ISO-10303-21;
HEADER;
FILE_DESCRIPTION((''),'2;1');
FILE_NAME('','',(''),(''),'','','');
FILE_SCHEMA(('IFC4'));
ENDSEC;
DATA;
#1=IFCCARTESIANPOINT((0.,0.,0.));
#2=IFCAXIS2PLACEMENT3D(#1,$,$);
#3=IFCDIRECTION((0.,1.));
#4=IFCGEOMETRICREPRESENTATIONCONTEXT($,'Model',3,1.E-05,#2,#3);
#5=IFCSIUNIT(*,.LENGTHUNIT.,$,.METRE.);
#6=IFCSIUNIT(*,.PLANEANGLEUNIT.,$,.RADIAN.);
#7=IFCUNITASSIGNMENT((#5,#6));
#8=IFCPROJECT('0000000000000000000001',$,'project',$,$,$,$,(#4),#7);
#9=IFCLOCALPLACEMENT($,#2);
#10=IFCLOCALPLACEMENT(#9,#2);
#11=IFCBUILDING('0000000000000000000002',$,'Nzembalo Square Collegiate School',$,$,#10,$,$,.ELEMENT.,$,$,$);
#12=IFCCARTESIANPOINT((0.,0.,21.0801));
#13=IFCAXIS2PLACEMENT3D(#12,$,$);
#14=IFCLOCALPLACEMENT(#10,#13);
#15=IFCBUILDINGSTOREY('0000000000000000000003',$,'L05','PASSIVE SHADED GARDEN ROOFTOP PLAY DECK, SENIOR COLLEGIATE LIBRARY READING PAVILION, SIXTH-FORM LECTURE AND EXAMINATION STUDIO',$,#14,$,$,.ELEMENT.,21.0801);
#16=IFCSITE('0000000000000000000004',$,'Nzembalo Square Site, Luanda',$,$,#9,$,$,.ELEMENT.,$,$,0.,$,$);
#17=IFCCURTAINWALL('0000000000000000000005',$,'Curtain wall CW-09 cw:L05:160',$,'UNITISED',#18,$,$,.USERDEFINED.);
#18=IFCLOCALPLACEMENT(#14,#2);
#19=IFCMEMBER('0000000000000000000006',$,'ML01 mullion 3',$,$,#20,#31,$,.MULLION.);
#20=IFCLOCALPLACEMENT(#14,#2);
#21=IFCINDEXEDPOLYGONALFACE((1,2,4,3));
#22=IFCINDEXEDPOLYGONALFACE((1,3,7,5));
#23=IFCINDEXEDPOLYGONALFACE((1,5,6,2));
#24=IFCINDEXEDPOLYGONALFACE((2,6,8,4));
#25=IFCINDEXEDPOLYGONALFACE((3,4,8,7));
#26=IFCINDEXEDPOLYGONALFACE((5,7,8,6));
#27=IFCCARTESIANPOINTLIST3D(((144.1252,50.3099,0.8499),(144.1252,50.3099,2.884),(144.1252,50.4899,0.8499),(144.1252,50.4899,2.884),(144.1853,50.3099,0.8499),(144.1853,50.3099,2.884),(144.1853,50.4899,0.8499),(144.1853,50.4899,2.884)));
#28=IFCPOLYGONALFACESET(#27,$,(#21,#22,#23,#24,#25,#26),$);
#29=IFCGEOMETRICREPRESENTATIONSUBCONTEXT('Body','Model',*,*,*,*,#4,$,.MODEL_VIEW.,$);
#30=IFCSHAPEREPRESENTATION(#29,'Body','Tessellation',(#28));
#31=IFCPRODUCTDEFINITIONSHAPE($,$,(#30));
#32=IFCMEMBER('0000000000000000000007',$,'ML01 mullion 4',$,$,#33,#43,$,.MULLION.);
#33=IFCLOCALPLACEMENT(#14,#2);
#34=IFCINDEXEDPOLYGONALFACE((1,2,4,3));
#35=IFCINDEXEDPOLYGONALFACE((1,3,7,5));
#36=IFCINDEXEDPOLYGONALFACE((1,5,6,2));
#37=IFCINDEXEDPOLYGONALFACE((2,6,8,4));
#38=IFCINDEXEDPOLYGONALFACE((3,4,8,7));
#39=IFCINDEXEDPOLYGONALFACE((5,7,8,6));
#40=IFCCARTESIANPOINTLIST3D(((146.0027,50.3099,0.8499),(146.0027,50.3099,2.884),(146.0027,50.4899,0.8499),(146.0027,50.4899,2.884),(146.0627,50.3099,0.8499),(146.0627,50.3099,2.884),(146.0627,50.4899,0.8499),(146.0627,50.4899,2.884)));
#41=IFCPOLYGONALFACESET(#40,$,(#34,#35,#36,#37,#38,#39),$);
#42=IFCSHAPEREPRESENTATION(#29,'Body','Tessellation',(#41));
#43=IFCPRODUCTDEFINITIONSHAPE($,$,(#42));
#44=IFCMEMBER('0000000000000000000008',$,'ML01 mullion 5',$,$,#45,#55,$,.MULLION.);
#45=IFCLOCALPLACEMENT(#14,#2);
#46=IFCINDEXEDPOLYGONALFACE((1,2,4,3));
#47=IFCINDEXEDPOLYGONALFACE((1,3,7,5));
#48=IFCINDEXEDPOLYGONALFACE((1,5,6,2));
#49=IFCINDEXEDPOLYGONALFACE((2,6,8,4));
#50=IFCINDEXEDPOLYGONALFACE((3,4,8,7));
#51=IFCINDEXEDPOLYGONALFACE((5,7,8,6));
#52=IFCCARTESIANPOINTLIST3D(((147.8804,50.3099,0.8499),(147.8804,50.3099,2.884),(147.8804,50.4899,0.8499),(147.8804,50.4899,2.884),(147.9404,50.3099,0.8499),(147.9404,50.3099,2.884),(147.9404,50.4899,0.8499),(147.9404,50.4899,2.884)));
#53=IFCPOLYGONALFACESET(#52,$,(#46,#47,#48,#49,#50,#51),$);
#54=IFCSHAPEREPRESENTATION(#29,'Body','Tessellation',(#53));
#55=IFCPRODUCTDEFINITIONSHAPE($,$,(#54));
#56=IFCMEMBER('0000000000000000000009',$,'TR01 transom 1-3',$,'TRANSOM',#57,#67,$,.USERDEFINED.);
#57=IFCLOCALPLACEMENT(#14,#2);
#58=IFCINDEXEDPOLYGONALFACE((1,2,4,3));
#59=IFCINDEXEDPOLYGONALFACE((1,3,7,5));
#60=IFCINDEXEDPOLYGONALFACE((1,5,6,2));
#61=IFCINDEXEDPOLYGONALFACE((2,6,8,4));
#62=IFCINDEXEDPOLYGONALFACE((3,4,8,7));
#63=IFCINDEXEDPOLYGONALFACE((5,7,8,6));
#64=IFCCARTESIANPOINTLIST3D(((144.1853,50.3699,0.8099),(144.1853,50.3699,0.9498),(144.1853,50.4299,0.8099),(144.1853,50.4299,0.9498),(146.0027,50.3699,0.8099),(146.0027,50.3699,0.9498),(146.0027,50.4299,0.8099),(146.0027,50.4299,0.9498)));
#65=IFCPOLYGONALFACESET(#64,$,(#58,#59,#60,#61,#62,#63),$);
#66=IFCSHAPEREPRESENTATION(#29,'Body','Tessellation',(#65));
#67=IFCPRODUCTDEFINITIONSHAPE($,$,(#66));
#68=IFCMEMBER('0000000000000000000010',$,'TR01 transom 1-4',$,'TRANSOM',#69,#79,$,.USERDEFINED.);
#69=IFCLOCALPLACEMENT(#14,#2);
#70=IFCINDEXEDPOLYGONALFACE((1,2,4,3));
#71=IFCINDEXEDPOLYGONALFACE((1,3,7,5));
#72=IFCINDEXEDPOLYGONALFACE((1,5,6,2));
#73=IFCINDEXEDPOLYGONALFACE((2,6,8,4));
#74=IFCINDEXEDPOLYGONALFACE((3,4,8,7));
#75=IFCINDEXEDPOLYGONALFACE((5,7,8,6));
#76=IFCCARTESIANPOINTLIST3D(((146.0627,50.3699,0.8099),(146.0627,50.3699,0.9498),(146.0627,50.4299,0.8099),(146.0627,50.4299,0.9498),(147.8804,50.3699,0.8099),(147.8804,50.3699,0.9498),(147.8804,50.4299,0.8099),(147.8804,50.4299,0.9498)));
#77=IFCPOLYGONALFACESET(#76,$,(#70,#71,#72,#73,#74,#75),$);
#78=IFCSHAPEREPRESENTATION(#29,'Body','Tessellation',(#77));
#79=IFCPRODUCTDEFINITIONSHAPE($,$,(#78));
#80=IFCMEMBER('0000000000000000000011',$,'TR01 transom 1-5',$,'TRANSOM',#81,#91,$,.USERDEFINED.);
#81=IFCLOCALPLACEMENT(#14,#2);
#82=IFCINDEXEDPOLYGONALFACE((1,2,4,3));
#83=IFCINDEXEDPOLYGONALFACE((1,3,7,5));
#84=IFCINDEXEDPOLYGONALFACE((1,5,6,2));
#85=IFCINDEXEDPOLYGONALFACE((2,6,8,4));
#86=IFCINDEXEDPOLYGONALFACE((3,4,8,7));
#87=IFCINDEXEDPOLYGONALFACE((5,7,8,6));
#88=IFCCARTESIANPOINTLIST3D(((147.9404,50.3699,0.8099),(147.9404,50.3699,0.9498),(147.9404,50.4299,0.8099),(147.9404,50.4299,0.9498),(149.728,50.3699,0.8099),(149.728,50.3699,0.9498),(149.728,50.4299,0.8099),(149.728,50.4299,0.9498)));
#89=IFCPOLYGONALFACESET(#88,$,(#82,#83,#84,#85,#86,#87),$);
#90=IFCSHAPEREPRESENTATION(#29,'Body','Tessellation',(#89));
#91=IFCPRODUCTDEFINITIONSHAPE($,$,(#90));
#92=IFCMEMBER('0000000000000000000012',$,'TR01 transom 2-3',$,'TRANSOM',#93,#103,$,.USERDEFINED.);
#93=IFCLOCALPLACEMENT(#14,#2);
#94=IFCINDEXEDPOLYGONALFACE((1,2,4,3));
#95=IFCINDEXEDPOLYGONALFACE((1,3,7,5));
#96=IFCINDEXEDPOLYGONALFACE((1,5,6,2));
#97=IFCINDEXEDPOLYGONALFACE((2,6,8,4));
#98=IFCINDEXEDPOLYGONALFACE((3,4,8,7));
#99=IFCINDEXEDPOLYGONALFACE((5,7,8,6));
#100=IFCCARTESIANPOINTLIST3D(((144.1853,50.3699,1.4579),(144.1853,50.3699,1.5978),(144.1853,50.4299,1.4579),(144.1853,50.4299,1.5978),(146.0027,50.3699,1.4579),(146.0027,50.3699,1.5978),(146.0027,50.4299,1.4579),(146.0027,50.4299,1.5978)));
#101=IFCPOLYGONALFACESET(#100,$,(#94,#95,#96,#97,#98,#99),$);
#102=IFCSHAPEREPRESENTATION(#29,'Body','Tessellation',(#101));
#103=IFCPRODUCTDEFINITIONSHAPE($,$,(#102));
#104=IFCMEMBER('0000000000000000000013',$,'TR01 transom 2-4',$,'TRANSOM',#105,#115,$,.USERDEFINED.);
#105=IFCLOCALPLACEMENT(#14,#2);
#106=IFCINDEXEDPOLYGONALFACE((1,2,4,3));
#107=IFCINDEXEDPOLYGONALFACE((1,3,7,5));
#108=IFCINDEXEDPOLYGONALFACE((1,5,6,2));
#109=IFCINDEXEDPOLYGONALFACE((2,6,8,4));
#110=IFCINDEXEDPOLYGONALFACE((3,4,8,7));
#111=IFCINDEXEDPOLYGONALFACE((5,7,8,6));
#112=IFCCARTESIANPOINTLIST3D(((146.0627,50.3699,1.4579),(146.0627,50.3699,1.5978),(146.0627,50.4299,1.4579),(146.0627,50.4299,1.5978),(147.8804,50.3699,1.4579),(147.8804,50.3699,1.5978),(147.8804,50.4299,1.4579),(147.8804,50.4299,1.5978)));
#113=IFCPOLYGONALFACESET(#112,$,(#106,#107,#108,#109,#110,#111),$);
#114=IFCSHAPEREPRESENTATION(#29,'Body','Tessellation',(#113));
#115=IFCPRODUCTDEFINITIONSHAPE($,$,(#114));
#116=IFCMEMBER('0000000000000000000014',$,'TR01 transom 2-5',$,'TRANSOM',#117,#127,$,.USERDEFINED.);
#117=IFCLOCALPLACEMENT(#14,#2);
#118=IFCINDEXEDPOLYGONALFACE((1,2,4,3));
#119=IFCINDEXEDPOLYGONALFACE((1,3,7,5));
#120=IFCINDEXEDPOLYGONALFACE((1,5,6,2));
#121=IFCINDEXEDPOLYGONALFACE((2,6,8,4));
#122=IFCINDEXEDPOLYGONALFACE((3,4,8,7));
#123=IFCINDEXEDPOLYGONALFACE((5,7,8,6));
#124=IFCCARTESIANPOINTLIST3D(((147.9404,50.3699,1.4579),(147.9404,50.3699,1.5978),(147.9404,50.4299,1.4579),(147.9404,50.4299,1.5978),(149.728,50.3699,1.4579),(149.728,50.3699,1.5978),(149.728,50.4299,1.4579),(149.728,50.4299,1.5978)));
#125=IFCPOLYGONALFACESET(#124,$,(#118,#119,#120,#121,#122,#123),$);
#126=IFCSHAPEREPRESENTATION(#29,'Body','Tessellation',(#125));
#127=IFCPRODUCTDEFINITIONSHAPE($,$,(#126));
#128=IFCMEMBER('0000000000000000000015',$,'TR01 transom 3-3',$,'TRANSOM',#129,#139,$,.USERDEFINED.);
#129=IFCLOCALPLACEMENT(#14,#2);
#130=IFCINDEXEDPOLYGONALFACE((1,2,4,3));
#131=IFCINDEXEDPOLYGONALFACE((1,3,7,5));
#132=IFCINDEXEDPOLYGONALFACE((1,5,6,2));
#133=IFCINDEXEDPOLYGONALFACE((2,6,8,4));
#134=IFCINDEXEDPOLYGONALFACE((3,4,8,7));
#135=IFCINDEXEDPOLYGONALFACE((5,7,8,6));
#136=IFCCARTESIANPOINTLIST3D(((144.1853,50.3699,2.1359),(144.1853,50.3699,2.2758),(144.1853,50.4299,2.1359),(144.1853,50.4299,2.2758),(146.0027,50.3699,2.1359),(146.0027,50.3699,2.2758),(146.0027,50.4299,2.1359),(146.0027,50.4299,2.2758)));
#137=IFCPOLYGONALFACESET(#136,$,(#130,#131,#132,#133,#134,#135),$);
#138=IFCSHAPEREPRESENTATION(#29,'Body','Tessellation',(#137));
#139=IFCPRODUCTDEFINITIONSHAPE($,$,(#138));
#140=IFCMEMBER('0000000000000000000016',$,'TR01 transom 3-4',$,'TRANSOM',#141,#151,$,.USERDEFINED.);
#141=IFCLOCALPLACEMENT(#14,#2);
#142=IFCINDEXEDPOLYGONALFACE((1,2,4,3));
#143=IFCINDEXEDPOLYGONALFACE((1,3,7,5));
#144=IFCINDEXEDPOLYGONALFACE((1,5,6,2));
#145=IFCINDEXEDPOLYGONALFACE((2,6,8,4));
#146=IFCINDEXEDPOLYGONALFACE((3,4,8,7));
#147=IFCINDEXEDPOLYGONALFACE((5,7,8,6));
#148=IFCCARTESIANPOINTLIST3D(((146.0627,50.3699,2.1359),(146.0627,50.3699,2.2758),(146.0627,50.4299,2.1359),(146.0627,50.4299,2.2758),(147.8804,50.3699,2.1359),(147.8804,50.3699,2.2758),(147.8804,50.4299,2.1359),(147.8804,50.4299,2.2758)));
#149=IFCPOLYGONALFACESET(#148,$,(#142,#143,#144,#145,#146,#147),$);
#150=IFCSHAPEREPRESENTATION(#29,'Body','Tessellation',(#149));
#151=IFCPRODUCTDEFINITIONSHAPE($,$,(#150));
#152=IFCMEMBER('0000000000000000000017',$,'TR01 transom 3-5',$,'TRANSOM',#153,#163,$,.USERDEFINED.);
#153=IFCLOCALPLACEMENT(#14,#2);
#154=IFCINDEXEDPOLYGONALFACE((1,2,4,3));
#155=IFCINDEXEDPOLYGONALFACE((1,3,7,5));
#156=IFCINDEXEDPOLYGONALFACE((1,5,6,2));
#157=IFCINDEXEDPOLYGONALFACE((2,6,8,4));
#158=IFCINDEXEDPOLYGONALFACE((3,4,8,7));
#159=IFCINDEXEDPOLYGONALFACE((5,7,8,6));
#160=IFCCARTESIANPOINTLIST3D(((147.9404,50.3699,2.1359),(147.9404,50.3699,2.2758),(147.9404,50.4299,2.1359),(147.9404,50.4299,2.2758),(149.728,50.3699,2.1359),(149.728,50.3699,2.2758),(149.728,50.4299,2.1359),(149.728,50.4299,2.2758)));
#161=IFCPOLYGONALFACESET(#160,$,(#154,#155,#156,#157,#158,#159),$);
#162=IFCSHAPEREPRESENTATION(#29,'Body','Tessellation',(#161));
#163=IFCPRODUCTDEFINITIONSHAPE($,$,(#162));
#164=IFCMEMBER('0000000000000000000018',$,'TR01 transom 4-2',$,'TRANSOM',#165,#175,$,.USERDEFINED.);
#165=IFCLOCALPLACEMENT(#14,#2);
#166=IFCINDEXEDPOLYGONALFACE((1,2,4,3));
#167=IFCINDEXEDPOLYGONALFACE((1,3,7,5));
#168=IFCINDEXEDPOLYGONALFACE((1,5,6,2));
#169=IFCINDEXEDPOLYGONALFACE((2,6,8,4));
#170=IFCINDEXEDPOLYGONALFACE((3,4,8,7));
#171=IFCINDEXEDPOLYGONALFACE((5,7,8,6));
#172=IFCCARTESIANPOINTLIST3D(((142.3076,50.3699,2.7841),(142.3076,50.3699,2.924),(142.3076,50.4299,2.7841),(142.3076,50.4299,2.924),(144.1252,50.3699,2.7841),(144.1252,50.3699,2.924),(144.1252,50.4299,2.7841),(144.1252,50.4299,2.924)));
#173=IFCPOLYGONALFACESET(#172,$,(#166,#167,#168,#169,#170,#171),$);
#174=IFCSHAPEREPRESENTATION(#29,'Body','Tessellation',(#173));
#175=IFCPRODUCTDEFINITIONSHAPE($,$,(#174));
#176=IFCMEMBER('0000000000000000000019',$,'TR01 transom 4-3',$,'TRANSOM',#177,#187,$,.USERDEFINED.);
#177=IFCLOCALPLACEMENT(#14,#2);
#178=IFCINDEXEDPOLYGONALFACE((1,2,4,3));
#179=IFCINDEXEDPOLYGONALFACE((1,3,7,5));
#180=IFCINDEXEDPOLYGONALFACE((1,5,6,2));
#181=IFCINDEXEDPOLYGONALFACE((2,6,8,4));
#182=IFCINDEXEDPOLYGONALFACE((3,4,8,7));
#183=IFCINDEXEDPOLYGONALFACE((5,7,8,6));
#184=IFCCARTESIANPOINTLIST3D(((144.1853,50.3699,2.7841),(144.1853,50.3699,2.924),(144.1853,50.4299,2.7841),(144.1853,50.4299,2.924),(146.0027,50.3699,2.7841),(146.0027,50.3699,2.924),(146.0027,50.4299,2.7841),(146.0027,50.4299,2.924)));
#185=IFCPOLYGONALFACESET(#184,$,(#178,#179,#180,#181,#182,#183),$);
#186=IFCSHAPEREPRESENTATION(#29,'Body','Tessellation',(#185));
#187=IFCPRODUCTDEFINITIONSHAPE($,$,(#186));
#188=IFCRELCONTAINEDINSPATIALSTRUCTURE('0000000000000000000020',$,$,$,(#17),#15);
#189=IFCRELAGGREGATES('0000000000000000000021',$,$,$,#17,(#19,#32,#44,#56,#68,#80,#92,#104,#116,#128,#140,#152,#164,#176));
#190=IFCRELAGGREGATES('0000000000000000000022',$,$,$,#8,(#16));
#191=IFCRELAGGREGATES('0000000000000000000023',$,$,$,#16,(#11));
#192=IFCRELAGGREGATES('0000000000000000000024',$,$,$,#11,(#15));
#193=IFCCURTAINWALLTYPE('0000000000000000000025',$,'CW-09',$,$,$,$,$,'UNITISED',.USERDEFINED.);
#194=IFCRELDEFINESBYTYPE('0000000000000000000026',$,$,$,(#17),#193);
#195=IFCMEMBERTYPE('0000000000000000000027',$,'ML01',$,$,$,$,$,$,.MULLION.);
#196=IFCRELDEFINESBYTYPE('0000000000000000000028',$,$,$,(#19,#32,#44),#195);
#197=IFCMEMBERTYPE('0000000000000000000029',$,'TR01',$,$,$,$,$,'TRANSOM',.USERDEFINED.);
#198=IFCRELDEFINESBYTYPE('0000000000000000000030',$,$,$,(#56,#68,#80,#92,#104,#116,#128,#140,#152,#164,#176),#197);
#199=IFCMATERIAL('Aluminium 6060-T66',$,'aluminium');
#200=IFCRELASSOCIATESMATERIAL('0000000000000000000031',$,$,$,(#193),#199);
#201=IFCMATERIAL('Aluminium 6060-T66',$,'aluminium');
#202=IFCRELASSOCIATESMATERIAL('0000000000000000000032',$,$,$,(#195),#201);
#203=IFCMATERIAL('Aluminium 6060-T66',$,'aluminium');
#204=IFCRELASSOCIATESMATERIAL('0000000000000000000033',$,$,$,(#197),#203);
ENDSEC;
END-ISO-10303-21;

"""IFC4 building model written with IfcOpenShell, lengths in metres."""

from ifc_helpers import new_model, si_unit, direction, frame, origin, origin_2d, place, context, subcontext, project, spatial, rectangle, extrude, material, material_profile, profile_set, type_object, element, aggregate, save


model = new_model("IFC4")

# Units and contexts
model_context = context("Model", 3, precision=1e-05, world=origin(), true_north=direction((0.0, 1.0)))
body_context = subcontext(model_context, "Body", "Model", "MODEL_VIEW")
ifc_project = project(units=[si_unit("LENGTHUNIT", "METRE"), si_unit("PLANEANGLEUNIT", "RADIAN")], contexts=[model_context])

# Site, building, storey
site_placement = place(None, origin())
site = spatial("IfcSite", under=ifc_project, at=site_placement, Name="Nzembalo Square Site, Luanda", CompositionType="ELEMENT", RefElevation=0.0)
building_placement = place(site_placement, origin())
building = spatial("IfcBuilding", under=site, at=building_placement, Name="Nzembalo Square Collegiate School", CompositionType="ELEMENT")
storey_placement = place(building_placement, frame((0.0, 0.0, 21.0801)))
storey = spatial("IfcBuildingStorey", under=building, at=storey_placement, Name="L05", Description="PASSIVE SHADED GARDEN ROOFTOP PLAY DECK, SENIOR COLLEGIATE LIBRARY READING PAVILION, SIXTH-FORM LECTURE AND EXAMINATION STUDIO", CompositionType="ELEMENT", Elevation=21.0801)

# Curtain wall, members
ifc_material_1 = material(Name="Aluminium 6060-T66", Category="aluminium")
curtain_wall_type = type_object("IfcCurtainWallType", Name="CW-09", ElementType="UNITISED", PredefinedType="USERDEFINED", material=ifc_material_1)
curtain_wall_placement = place(storey_placement, origin())
curtain_wall = element("IfcCurtainWall", 1, at=curtain_wall_placement, inside=storey, type_object=curtain_wall_type, Name="Curtain wall CW-09 cw:L05:160", ObjectType="UNITISED", PredefinedType="USERDEFINED")
ifc_material_2 = material(Name="Aluminium 6060-T66", Category="aluminium")
ifc_material_profile_1 = material_profile(ifc_material_2, rectangle(XDim=0.0601, YDim=0.1799, at=origin_2d()), Name="ALU M60x180")
ifc_profile_set_1 = profile_set([ifc_material_profile_1], Name="Aluminium 6060-T66")
member_type_1 = type_object("IfcMemberType", Name="ML01", PredefinedType="MULLION", material=ifc_profile_set_1)
member_1_placement = place(storey_placement, frame((144.1553, 50.3999, 0.8499), z_axis=(0.0, 0.0, 1.0), x_axis=(1.0, 0.0, 0.0)))
member_1 = element("IfcMember", 2, at=member_1_placement, type_object=member_type_1, Name="ML01 mullion 3", PredefinedType="MULLION", context=body_context, shape_type="SweptSolid", body=[
    extrude(rectangle(XDim=0.0601, YDim=0.1799, at=origin_2d()), origin(), (0.0, 0.0, 1.0), 2.0342),
])
member_2_placement = place(storey_placement, frame((146.0327, 50.3999, 0.8499), z_axis=(0.0, 0.0, 1.0), x_axis=(1.0, 0.0, 0.0)))
member_2 = element("IfcMember", 3, at=member_2_placement, type_object=member_type_1, Name="ML01 mullion 4", PredefinedType="MULLION", context=body_context, shape_type="SweptSolid", body=[
    extrude(rectangle(XDim=0.0601, YDim=0.1799, at=origin_2d()), origin(), (0.0, 0.0, 1.0), 2.0342),
])
member_3_placement = place(storey_placement, frame((147.9104, 50.3999, 0.8499), z_axis=(0.0, 0.0, 1.0), x_axis=(1.0, 0.0, 0.0)))
member_3 = element("IfcMember", 4, at=member_3_placement, type_object=member_type_1, Name="ML01 mullion 5", PredefinedType="MULLION", context=body_context, shape_type="SweptSolid", body=[
    extrude(rectangle(XDim=0.0601, YDim=0.1799, at=origin_2d()), origin(), (0.0, 0.0, 1.0), 2.0342),
])
ifc_material_3 = material(Name="Aluminium 6060-T66", Category="aluminium")
ifc_material_profile_2 = material_profile(ifc_material_3, rectangle(XDim=0.0601, YDim=0.1399, at=origin_2d()), Name="ALU T60x140")
ifc_profile_set_2 = profile_set([ifc_material_profile_2], Name="Aluminium 6060-T66")
member_type_2 = type_object("IfcMemberType", Name="TR01", ElementType="TRANSOM", PredefinedType="USERDEFINED", material=ifc_profile_set_2)
member_4_placement = place(storey_placement, frame((144.1853, 50.3999, 0.8799), z_axis=(1.0, 0.0, 0.0), x_axis=(0.0, 1.0, 0.0)))
member_4 = element("IfcMember", 5, at=member_4_placement, type_object=member_type_2, Name="TR01 transom 1-3", ObjectType="TRANSOM", PredefinedType="USERDEFINED", context=body_context, shape_type="SweptSolid", body=[
    extrude(rectangle(XDim=0.0601, YDim=0.1399, at=origin_2d()), origin(), (0.0, 0.0, 1.0), 1.8174),
])
member_5_placement = place(storey_placement, frame((146.0627, 50.3999, 0.8799), z_axis=(1.0, 0.0, 0.0), x_axis=(0.0, 1.0, 0.0)))
member_5 = element("IfcMember", 6, at=member_5_placement, type_object=member_type_2, Name="TR01 transom 1-4", ObjectType="TRANSOM", PredefinedType="USERDEFINED", context=body_context, shape_type="SweptSolid", body=[
    extrude(rectangle(XDim=0.0601, YDim=0.1399, at=origin_2d()), origin(), (0.0, 0.0, 1.0), 1.8176),
])
member_6_placement = place(storey_placement, frame((147.9404, 50.3999, 0.8799), z_axis=(1.0, 0.0, 0.0), x_axis=(0.0, 1.0, 0.0)))
member_6 = element("IfcMember", 7, at=member_6_placement, type_object=member_type_2, Name="TR01 transom 1-5", ObjectType="TRANSOM", PredefinedType="USERDEFINED", context=body_context, shape_type="SweptSolid", body=[
    extrude(rectangle(XDim=0.0601, YDim=0.1399, at=origin_2d()), origin(), (0.0, 0.0, 1.0), 1.7876),
])
member_7_placement = place(storey_placement, frame((144.1853, 50.3999, 1.5278), z_axis=(1.0, 0.0, 0.0), x_axis=(0.0, 1.0, 0.0)))
member_7 = element("IfcMember", 8, at=member_7_placement, type_object=member_type_2, Name="TR01 transom 2-3", ObjectType="TRANSOM", PredefinedType="USERDEFINED", context=body_context, shape_type="SweptSolid", body=[
    extrude(rectangle(XDim=0.0601, YDim=0.1399, at=origin_2d()), origin(), (0.0, 0.0, 1.0), 1.8174),
])
member_8_placement = place(storey_placement, frame((146.0627, 50.3999, 1.5278), z_axis=(1.0, 0.0, 0.0), x_axis=(0.0, 1.0, 0.0)))
member_8 = element("IfcMember", 9, at=member_8_placement, type_object=member_type_2, Name="TR01 transom 2-4", ObjectType="TRANSOM", PredefinedType="USERDEFINED", context=body_context, shape_type="SweptSolid", body=[
    extrude(rectangle(XDim=0.0601, YDim=0.1399, at=origin_2d()), origin(), (0.0, 0.0, 1.0), 1.8176),
])
member_9_placement = place(storey_placement, frame((147.9404, 50.3999, 1.5278), z_axis=(1.0, 0.0, 0.0), x_axis=(0.0, 1.0, 0.0)))
member_9 = element("IfcMember", 10, at=member_9_placement, type_object=member_type_2, Name="TR01 transom 2-5", ObjectType="TRANSOM", PredefinedType="USERDEFINED", context=body_context, shape_type="SweptSolid", body=[
    extrude(rectangle(XDim=0.0601, YDim=0.1399, at=origin_2d()), origin(), (0.0, 0.0, 1.0), 1.7876),
])
member_10_placement = place(storey_placement, frame((144.1853, 50.3999, 2.2058), z_axis=(1.0, 0.0, 0.0), x_axis=(0.0, 1.0, 0.0)))
member_10 = element("IfcMember", 11, at=member_10_placement, type_object=member_type_2, Name="TR01 transom 3-3", ObjectType="TRANSOM", PredefinedType="USERDEFINED", context=body_context, shape_type="SweptSolid", body=[
    extrude(rectangle(XDim=0.0601, YDim=0.1399, at=origin_2d()), origin(), (0.0, 0.0, 1.0), 1.8174),
])
member_11_placement = place(storey_placement, frame((146.0627, 50.3999, 2.2058), z_axis=(1.0, 0.0, 0.0), x_axis=(0.0, 1.0, 0.0)))
member_11 = element("IfcMember", 12, at=member_11_placement, type_object=member_type_2, Name="TR01 transom 3-4", ObjectType="TRANSOM", PredefinedType="USERDEFINED", context=body_context, shape_type="SweptSolid", body=[
    extrude(rectangle(XDim=0.0601, YDim=0.1399, at=origin_2d()), origin(), (0.0, 0.0, 1.0), 1.8176),
])
member_12_placement = place(storey_placement, frame((147.9404, 50.3999, 2.2058), z_axis=(1.0, 0.0, 0.0), x_axis=(0.0, 1.0, 0.0)))
member_12 = element("IfcMember", 13, at=member_12_placement, type_object=member_type_2, Name="TR01 transom 3-5", ObjectType="TRANSOM", PredefinedType="USERDEFINED", context=body_context, shape_type="SweptSolid", body=[
    extrude(rectangle(XDim=0.0601, YDim=0.1399, at=origin_2d()), origin(), (0.0, 0.0, 1.0), 1.7876),
])
member_13_placement = place(storey_placement, frame((142.3076, 50.3999, 2.854), z_axis=(1.0, 0.0, 0.0), x_axis=(0.0, 1.0, 0.0)))
member_13 = element("IfcMember", 14, at=member_13_placement, type_object=member_type_2, Name="TR01 transom 4-2", ObjectType="TRANSOM", PredefinedType="USERDEFINED", context=body_context, shape_type="SweptSolid", body=[
    extrude(rectangle(XDim=0.0601, YDim=0.1399, at=origin_2d()), origin(), (0.0, 0.0, 1.0), 1.8176),
])
member_14_placement = place(storey_placement, frame((144.1853, 50.3999, 2.854), z_axis=(1.0, 0.0, 0.0), x_axis=(0.0, 1.0, 0.0)))
member_14 = element("IfcMember", 15, at=member_14_placement, type_object=member_type_2, Name="TR01 transom 4-3", ObjectType="TRANSOM", PredefinedType="USERDEFINED", context=body_context, shape_type="SweptSolid", body=[
    extrude(rectangle(XDim=0.0601, YDim=0.1399, at=origin_2d()), origin(), (0.0, 0.0, 1.0), 1.8174),
])
aggregate(curtain_wall, [member_1, member_2, member_3, member_4, member_5, member_6, member_7, member_8, member_9, member_10, member_11, member_12, member_13, member_14])

save(model, "model.ifc")
